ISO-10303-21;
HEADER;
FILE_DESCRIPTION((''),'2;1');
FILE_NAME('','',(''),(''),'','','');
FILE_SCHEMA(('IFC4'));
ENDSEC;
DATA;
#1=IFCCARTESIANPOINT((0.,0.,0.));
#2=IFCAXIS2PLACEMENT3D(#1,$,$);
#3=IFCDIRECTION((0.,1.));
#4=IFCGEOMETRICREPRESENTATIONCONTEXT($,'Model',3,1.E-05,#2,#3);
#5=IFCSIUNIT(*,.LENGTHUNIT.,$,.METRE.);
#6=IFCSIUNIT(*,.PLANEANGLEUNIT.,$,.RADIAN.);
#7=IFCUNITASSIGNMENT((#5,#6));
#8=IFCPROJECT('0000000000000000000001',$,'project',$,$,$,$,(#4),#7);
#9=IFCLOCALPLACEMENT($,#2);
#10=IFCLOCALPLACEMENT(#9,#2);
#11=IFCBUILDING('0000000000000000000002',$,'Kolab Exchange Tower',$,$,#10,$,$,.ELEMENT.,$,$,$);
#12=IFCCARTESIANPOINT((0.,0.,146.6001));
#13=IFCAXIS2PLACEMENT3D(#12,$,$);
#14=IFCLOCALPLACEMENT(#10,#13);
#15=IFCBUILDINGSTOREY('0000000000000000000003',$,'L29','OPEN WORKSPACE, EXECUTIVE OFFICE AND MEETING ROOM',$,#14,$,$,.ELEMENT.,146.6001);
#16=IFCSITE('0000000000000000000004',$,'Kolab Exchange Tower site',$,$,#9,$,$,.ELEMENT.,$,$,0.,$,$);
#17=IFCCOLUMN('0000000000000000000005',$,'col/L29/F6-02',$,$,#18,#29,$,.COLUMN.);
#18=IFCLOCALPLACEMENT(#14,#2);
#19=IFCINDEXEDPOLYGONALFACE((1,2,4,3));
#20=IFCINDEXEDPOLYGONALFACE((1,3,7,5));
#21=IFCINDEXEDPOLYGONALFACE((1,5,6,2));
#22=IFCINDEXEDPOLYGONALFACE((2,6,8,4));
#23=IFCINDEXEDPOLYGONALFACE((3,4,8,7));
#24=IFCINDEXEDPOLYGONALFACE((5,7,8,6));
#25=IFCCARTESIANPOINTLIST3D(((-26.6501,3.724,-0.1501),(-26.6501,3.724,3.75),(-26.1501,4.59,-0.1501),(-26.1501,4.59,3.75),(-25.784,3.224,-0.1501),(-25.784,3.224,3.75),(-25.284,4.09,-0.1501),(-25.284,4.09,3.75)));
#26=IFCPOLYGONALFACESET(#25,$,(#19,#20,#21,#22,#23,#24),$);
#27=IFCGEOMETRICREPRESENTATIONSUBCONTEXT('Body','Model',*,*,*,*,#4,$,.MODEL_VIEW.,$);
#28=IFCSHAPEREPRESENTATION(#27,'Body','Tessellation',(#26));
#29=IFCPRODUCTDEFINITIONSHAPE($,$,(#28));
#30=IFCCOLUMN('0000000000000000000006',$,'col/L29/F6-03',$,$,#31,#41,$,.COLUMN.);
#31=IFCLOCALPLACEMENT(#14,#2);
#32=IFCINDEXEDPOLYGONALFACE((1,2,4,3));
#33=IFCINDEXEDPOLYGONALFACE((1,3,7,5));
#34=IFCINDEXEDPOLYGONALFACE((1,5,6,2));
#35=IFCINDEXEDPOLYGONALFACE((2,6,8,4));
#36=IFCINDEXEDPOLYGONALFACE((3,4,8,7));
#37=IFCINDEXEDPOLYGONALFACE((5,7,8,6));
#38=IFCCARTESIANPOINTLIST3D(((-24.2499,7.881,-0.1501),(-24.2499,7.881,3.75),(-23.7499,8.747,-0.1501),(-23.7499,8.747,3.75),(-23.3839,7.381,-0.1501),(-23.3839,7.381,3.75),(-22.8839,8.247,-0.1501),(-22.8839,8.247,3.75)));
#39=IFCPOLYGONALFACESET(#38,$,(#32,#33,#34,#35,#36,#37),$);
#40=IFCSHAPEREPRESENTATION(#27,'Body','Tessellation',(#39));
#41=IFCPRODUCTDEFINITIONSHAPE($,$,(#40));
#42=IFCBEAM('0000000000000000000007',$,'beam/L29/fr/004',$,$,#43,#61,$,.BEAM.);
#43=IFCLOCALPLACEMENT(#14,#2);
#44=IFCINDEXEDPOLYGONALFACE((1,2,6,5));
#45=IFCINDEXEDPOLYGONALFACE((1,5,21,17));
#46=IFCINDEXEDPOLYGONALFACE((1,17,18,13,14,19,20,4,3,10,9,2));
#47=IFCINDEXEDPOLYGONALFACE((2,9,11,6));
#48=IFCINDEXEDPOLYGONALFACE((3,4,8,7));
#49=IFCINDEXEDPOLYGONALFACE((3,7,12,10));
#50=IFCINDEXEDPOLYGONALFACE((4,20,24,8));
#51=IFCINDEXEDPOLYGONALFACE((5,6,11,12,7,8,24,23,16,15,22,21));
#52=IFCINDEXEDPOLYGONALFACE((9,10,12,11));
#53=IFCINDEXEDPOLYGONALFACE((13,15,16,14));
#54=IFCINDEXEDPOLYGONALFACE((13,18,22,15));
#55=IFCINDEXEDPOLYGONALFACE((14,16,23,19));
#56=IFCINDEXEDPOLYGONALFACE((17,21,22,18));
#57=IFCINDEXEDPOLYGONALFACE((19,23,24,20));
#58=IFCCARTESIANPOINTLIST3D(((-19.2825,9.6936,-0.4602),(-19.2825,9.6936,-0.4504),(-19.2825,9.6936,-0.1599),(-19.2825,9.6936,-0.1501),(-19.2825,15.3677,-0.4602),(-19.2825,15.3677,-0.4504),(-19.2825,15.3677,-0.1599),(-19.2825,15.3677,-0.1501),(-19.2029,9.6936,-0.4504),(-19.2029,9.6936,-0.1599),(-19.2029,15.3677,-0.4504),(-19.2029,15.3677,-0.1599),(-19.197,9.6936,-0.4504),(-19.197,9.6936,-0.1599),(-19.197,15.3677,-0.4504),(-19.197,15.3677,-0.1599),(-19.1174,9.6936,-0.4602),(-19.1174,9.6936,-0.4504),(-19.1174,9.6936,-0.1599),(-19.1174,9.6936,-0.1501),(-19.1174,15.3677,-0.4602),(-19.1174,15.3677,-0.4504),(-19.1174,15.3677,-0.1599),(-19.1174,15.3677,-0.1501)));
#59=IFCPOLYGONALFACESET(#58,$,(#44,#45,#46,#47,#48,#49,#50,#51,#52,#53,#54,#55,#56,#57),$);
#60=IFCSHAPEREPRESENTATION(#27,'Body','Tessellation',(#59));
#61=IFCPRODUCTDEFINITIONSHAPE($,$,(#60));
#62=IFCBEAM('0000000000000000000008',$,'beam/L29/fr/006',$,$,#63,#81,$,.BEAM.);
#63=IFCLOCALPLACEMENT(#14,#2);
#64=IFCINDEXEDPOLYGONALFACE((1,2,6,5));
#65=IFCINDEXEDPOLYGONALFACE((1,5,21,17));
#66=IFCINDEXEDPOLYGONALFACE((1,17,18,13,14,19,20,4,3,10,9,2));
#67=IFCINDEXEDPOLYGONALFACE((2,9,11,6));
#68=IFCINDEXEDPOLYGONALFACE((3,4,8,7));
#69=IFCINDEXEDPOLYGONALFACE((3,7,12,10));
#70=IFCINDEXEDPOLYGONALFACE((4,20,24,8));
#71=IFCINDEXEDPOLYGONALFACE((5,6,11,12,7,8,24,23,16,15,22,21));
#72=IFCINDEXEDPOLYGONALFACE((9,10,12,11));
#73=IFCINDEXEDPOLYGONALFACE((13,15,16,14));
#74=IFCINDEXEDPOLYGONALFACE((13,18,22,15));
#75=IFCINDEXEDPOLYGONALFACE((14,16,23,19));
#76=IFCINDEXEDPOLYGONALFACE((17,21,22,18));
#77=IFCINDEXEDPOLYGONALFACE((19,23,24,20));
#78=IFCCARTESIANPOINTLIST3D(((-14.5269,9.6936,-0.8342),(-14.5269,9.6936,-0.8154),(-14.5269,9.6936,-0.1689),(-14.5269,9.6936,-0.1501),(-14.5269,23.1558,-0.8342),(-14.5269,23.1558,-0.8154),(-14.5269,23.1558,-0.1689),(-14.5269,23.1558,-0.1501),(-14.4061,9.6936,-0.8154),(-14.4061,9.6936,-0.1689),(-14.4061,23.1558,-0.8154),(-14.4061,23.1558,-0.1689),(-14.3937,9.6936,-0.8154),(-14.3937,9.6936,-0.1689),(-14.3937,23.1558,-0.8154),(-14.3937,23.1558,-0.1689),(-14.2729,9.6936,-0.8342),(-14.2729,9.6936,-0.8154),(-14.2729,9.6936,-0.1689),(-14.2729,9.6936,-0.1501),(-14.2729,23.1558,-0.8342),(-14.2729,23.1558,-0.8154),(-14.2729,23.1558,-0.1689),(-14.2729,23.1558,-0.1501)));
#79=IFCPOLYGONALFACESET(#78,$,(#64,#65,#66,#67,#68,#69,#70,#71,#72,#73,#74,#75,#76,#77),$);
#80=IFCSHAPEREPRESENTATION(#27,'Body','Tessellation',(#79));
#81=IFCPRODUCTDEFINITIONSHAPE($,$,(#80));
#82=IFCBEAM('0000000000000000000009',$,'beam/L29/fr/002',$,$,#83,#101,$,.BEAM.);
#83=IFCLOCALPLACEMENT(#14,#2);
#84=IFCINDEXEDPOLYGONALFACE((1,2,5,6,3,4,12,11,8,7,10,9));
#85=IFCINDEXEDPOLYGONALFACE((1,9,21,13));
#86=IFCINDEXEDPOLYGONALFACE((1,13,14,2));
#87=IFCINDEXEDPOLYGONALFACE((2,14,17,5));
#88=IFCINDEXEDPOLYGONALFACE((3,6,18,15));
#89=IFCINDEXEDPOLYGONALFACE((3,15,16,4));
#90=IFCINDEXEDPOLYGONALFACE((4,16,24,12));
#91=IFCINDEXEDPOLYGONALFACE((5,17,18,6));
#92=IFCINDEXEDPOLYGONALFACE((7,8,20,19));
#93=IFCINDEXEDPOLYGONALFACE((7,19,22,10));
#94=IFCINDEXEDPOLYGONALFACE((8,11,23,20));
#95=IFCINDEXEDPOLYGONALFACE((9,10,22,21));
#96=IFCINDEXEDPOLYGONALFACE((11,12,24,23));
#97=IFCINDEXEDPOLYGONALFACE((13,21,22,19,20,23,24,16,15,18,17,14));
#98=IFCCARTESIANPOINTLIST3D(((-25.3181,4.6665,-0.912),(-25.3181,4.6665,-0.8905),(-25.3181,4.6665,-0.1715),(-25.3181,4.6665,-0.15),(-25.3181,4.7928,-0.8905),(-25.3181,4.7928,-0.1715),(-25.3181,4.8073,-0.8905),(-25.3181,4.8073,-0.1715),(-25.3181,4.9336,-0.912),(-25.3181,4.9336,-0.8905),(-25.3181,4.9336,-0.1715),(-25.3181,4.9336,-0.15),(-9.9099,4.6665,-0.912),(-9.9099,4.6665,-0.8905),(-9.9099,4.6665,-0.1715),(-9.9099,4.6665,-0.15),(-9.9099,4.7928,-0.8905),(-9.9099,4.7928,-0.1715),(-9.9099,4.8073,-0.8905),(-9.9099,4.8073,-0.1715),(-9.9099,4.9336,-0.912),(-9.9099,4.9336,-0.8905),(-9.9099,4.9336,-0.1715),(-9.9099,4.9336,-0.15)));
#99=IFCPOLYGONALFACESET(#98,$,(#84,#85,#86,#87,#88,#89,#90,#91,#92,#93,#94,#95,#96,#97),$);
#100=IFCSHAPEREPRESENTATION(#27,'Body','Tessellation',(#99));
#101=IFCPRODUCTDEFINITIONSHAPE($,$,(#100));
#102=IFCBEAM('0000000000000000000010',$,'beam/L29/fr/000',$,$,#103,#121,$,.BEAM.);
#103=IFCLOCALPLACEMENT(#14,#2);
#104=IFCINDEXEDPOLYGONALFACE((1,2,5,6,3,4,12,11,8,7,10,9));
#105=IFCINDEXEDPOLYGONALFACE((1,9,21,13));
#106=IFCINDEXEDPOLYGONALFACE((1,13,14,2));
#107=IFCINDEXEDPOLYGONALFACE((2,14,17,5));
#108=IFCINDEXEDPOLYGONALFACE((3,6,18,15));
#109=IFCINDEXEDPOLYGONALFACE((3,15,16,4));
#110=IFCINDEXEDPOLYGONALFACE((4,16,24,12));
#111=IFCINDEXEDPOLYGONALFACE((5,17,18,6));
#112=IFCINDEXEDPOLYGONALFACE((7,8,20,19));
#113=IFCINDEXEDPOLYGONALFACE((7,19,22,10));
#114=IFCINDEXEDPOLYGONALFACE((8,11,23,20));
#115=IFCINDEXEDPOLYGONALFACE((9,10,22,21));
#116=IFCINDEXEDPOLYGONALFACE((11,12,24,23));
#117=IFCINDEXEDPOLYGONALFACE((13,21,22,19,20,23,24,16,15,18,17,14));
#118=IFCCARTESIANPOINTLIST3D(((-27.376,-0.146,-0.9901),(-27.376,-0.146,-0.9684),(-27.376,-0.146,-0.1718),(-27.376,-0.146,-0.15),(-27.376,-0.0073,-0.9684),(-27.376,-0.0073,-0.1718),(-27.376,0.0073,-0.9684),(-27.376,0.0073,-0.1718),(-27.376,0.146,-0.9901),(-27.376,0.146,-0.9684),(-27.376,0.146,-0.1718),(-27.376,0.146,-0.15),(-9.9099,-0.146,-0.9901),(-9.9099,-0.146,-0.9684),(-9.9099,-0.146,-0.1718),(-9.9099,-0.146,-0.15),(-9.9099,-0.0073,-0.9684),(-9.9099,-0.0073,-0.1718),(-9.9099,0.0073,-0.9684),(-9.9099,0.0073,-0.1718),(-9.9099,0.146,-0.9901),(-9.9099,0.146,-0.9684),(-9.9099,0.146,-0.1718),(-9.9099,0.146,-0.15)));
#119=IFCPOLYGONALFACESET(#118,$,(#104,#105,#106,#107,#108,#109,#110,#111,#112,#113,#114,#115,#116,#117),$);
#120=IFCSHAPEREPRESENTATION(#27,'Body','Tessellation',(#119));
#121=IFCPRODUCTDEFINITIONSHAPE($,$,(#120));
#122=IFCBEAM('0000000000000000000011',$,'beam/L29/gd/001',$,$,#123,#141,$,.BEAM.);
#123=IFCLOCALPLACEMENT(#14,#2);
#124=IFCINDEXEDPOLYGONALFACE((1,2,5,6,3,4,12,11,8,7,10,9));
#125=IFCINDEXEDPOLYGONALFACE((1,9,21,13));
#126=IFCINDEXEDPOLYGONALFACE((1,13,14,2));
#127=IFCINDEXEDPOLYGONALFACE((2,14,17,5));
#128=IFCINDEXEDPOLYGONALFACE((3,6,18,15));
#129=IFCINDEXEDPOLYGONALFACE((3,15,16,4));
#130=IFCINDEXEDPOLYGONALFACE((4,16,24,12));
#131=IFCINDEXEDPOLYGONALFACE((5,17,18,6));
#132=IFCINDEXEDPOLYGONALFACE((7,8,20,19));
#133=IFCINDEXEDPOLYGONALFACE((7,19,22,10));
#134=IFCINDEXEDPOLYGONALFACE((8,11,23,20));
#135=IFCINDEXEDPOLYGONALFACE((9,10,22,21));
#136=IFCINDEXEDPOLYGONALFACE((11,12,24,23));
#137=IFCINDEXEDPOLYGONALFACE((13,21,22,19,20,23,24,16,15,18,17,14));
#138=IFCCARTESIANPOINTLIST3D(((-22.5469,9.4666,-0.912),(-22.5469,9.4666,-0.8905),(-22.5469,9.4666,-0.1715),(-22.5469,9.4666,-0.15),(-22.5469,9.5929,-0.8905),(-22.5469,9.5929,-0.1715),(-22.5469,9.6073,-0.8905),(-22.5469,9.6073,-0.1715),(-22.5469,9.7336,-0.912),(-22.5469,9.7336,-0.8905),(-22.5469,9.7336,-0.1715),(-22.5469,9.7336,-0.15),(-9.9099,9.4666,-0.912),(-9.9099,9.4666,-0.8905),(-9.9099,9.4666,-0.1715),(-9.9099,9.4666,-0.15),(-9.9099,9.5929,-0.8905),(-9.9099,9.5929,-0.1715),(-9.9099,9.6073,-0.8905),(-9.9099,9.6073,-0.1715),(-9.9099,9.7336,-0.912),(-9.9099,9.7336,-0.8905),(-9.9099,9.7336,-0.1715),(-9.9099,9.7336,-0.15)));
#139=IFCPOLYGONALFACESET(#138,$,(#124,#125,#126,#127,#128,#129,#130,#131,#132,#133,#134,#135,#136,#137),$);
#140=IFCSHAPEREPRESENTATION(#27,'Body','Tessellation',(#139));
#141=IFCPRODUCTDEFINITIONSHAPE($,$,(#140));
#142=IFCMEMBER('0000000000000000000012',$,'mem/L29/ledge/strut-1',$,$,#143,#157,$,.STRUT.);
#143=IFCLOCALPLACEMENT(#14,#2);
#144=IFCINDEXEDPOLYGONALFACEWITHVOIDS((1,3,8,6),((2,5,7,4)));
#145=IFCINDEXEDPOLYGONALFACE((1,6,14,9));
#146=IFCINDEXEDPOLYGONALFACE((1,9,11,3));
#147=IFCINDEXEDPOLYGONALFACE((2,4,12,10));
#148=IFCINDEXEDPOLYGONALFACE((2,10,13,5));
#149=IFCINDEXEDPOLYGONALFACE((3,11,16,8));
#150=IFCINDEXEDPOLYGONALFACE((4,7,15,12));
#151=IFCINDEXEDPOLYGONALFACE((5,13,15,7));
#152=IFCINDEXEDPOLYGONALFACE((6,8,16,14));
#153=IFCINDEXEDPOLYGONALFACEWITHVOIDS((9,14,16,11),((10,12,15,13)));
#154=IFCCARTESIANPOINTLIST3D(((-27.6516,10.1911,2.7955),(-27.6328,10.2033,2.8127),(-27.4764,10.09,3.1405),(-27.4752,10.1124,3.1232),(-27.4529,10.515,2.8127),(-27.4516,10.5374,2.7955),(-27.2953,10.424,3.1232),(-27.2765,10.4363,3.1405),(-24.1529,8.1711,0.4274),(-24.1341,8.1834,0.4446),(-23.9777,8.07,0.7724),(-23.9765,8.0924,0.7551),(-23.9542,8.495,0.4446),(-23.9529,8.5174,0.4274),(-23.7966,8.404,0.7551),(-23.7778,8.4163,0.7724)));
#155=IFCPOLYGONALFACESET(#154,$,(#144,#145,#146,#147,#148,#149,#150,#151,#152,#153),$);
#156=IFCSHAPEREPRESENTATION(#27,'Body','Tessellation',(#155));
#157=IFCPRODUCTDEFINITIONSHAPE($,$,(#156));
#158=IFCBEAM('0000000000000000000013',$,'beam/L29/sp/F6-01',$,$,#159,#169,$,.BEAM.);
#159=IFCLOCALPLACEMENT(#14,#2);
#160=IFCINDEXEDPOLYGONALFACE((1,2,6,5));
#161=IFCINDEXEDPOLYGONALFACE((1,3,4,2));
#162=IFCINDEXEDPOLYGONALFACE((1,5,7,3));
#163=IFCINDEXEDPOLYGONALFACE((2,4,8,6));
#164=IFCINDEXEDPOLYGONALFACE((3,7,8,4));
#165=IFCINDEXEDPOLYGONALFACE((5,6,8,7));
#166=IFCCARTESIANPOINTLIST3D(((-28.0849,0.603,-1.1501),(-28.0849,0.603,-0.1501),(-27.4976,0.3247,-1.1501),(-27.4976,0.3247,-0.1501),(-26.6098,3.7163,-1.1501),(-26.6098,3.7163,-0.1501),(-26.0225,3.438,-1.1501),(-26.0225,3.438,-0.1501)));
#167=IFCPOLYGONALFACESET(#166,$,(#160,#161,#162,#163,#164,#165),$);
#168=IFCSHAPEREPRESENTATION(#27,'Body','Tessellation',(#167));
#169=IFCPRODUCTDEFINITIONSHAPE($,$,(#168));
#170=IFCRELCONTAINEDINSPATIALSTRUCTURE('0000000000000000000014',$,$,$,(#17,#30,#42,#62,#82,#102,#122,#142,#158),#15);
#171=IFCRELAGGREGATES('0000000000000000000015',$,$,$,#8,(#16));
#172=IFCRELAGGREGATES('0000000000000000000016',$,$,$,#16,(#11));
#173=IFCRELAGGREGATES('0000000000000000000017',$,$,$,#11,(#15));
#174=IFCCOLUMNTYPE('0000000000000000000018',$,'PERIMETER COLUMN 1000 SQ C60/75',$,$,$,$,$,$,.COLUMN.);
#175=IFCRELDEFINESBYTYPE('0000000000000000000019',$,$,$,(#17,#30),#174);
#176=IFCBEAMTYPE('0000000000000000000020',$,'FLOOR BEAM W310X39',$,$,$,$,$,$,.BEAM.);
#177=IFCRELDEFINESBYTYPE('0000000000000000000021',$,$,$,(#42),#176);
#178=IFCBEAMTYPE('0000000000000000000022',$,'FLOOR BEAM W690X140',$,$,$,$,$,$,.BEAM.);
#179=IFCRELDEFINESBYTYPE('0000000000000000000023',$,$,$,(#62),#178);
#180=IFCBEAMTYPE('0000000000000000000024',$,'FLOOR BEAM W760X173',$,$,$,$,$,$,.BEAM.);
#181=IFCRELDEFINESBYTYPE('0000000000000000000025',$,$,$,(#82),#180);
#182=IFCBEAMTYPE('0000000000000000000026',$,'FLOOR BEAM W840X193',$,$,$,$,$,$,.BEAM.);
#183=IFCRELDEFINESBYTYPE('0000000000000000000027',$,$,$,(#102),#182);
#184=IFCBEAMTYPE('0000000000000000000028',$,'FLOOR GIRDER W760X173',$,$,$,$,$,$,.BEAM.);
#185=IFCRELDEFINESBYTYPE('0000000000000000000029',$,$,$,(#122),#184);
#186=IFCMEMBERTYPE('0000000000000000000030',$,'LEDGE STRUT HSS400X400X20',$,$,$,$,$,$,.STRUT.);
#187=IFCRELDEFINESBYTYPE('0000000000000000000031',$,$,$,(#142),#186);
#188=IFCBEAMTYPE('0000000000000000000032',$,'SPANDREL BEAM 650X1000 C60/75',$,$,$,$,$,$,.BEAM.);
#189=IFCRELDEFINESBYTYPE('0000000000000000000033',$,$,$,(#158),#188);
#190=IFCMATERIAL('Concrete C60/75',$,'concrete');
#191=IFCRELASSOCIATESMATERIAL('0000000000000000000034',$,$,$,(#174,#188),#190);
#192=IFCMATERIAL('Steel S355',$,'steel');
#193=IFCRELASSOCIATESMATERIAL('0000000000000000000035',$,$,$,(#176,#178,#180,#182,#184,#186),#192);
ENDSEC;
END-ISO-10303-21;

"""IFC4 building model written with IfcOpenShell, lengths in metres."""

from ifc_helpers import new_model, si_unit, direction, frame, origin, origin_2d, place, context, subcontext, project, spatial, rectangle, hollow_rectangle, i_section, extrude, material, material_profile, profile_set, type_object, element, save


model = new_model("IFC4")

# Units and contexts
model_context = context("Model", 3, precision=1e-05, world=origin(), true_north=direction((0.0, 1.0)))
body_context = subcontext(model_context, "Body", "Model", "MODEL_VIEW")
ifc_project = project(units=[si_unit("LENGTHUNIT", "METRE"), si_unit("PLANEANGLEUNIT", "RADIAN")], contexts=[model_context])

# Site, building, storey
site_placement = place(None, origin())
site = spatial("IfcSite", under=ifc_project, at=site_placement, Name="Kolab Exchange Tower site", CompositionType="ELEMENT", RefElevation=0.0)
building_placement = place(site_placement, origin())
building = spatial("IfcBuilding", under=site, at=building_placement, Name="Kolab Exchange Tower", CompositionType="ELEMENT")
storey_placement = place(building_placement, frame((0.0, 0.0, 146.6001)))
storey = spatial("IfcBuildingStorey", under=building, at=storey_placement, Name="L29", Description="OPEN WORKSPACE, EXECUTIVE OFFICE AND MEETING ROOM", CompositionType="ELEMENT", Elevation=146.6001)

# Columns
ifc_material_1 = material(Name="Concrete C60/75", Category="concrete")
ifc_material_profile_1 = material_profile(ifc_material_1, rectangle(XDim=1.0, YDim=1.0, at=origin_2d()), Name="RC1000")
ifc_profile_set_1 = profile_set([ifc_material_profile_1], Name="Concrete C60/75")
column_type = type_object("IfcColumnType", Name="PERIMETER COLUMN 1000 SQ C60/75", PredefinedType="COLUMN", material=ifc_profile_set_1)
for number, where, z_axis, x_axis, name in (
    (1, (-25.967, 3.907, -0.1501), (0.0, 0.0, 1.0), (0.5, 0.866025, 0.0), "col/L29/F6-02"),
    (2, (-23.5669, 8.064, -0.1501), (0.0, 0.0, 1.0), (0.5, 0.866025, 0.0), "col/L29/F6-03"),
):
    element("IfcColumn", number, at=place(storey_placement, frame(where, z_axis=z_axis, x_axis=x_axis)), inside=storey, type_object=column_type, Name=name, PredefinedType="COLUMN", context=body_context, shape_type="SweptSolid", body=[
        extrude(rectangle(XDim=1.0, YDim=1.0, at=origin_2d()), origin(), (0.0, 0.0, 1.0), 3.9001),
    ])

# Beams
ifc_material_2 = material(Name="Steel S355", Category="steel")
ifc_material_profile_2 = material_profile(ifc_material_2, i_section(OverallWidth=0.165, OverallDepth=0.3101, WebThickness=0.0059, FlangeThickness=0.0098, at=origin_2d()), Name="W310X39")
ifc_profile_set_2 = profile_set([ifc_material_profile_2], Name="Steel S355")
beam_type_1 = type_object("IfcBeamType", Name="FLOOR BEAM W310X39", PredefinedType="BEAM", material=ifc_profile_set_2)
beam_1_placement = place(storey_placement, frame((-19.2, 9.6936, -0.3052), z_axis=(0.0, 1.0, 0.0), x_axis=(-1.0, 0.0, 0.0)))
element("IfcBeam", 3, at=beam_1_placement, inside=storey, type_object=beam_type_1, Name="beam/L29/fr/004", PredefinedType="BEAM", context=body_context, shape_type="SweptSolid", body=[
    extrude(i_section(OverallWidth=0.165, OverallDepth=0.3101, WebThickness=0.0059, FlangeThickness=0.0098, at=origin_2d()), origin(), (0.0, 0.0, 1.0), 5.6741),
])
ifc_material_profile_3 = material_profile(ifc_material_2, i_section(OverallWidth=0.2539, OverallDepth=0.6841, WebThickness=0.0125, FlangeThickness=0.0188, at=origin_2d()), Name="W690X140")
ifc_profile_set_3 = profile_set([ifc_material_profile_3], Name="Steel S355")
beam_type_2 = type_object("IfcBeamType", Name="FLOOR BEAM W690X140", PredefinedType="BEAM", material=ifc_profile_set_3)
beam_2_placement = place(storey_placement, frame((-14.3999, 9.6936, -0.4922), z_axis=(0.0, 1.0, 0.0), x_axis=(-1.0, 0.0, 0.0)))
element("IfcBeam", 4, at=beam_2_placement, inside=storey, type_object=beam_type_2, Name="beam/L29/fr/006", PredefinedType="BEAM", context=body_context, shape_type="SweptSolid", body=[
    extrude(i_section(OverallWidth=0.2539, OverallDepth=0.6841, WebThickness=0.0125, FlangeThickness=0.0188, at=origin_2d()), origin(), (0.0, 0.0, 1.0), 13.4622),
])
ifc_material_profile_4 = material_profile(ifc_material_2, i_section(OverallWidth=0.2671, OverallDepth=0.762, WebThickness=0.0144, FlangeThickness=0.0215, at=origin_2d()), Name="W760X173")
ifc_profile_set_4 = profile_set([ifc_material_profile_4], Name="Steel S355")
beam_type_3 = type_object("IfcBeamType", Name="FLOOR BEAM W760X173", PredefinedType="BEAM", material=ifc_profile_set_4)
beam_3_placement = place(storey_placement, frame((-25.3181, 4.8, -0.531), z_axis=(1.0, 0.0, 0.0), x_axis=(0.0, 1.0, 0.0)))
element("IfcBeam", 5, at=beam_3_placement, inside=storey, type_object=beam_type_3, Name="beam/L29/fr/002", PredefinedType="BEAM", context=body_context, shape_type="SweptSolid", body=[
    extrude(i_section(OverallWidth=0.2671, OverallDepth=0.762, WebThickness=0.0144, FlangeThickness=0.0215, at=origin_2d()), origin(), (0.0, 0.0, 1.0), 15.4082),
])
ifc_material_profile_5 = material_profile(ifc_material_2, i_section(OverallWidth=0.292, OverallDepth=0.8401, WebThickness=0.0146, FlangeThickness=0.0217, at=origin_2d()), Name="W840X193")
ifc_profile_set_5 = profile_set([ifc_material_profile_5], Name="Steel S355")
beam_type_4 = type_object("IfcBeamType", Name="FLOOR BEAM W840X193", PredefinedType="BEAM", material=ifc_profile_set_5)
beam_4_placement = place(storey_placement, frame((-27.376, 0.0, -0.5701), z_axis=(1.0, 0.0, 0.0), x_axis=(0.0, 1.0, 0.0)))
element("IfcBeam", 6, at=beam_4_placement, inside=storey, type_object=beam_type_4, Name="beam/L29/fr/000", PredefinedType="BEAM", context=body_context, shape_type="SweptSolid", body=[
    extrude(i_section(OverallWidth=0.292, OverallDepth=0.8401, WebThickness=0.0146, FlangeThickness=0.0217, at=origin_2d()), origin(), (0.0, 0.0, 1.0), 17.4661),
])
ifc_material_profile_6 = material_profile(ifc_material_2, i_section(OverallWidth=0.2671, OverallDepth=0.762, WebThickness=0.0144, FlangeThickness=0.0215, at=origin_2d()), Name="W760X173")
ifc_profile_set_6 = profile_set([ifc_material_profile_6], Name="Steel S355")
beam_type_5 = type_object("IfcBeamType", Name="FLOOR GIRDER W760X173", PredefinedType="BEAM", material=ifc_profile_set_6)
beam_5_placement = place(storey_placement, frame((-22.5469, 9.6001, -0.531), z_axis=(1.0, 0.0, 0.0), x_axis=(0.0, 1.0, 0.0)))
element("IfcBeam", 7, at=beam_5_placement, inside=storey, type_object=beam_type_5, Name="beam/L29/gd/001", PredefinedType="BEAM", context=body_context, shape_type="SweptSolid", body=[
    extrude(i_section(OverallWidth=0.2671, OverallDepth=0.762, WebThickness=0.0144, FlangeThickness=0.0215, at=origin_2d()), origin(), (0.0, 0.0, 1.0), 12.637),
])

# Member
ifc_material_profile_7 = material_profile(ifc_material_2, hollow_rectangle(XDim=0.3999, YDim=0.3999, WallThickness=0.02, at=origin_2d()), Name="HSS400X400X20")
ifc_profile_set_7 = profile_set([ifc_material_profile_7], Name="Steel S355")
member_type_1 = type_object("IfcMemberType", Name="LEDGE STRUT HSS400X400X20", PredefinedType="STRUT", material=ifc_profile_set_7)
member_1_placement = place(storey_placement, frame((-23.9653, 8.2937, 0.5999), z_axis=(-0.747129, 0.431355, 0.505698), x_axis=(-0.5, -0.866026, 0.0)))
element("IfcMember", 8, at=member_1_placement, inside=storey, type_object=member_type_1, Name="mem/L29/ledge/strut-1", PredefinedType="STRUT", context=body_context, shape_type="SweptSolid", body=[
    extrude(hollow_rectangle(XDim=0.3999, YDim=0.3999, WallThickness=0.02, at=origin_2d()), origin(), (0.0, 0.0, 1.0), 4.6829),
])

# Beam
ifc_material_profile_8 = material_profile(ifc_material_1, rectangle(XDim=0.6499, YDim=1.0, at=origin_2d()), Name="RC650X1000")
ifc_profile_set_8 = profile_set([ifc_material_profile_8], Name="Concrete C60/75")
beam_type_6 = type_object("IfcBeamType", Name="SPANDREL BEAM 650X1000 C60/75", PredefinedType="BEAM", material=ifc_profile_set_8)
beam_6_placement = place(storey_placement, frame((-27.7913, 0.4639, -0.6501), z_axis=(0.428178, 0.903695, 0.0), x_axis=(-0.903695, 0.428178, 0.0)))
element("IfcBeam", 9, at=beam_6_placement, inside=storey, type_object=beam_type_6, Name="beam/L29/sp/F6-01", PredefinedType="BEAM", context=body_context, shape_type="SweptSolid", body=[
    extrude(rectangle(XDim=0.6499, YDim=1.0, at=origin_2d()), origin(), (0.0, 0.0, 1.0), 3.4451),
])

save(model, "model.ifc")
